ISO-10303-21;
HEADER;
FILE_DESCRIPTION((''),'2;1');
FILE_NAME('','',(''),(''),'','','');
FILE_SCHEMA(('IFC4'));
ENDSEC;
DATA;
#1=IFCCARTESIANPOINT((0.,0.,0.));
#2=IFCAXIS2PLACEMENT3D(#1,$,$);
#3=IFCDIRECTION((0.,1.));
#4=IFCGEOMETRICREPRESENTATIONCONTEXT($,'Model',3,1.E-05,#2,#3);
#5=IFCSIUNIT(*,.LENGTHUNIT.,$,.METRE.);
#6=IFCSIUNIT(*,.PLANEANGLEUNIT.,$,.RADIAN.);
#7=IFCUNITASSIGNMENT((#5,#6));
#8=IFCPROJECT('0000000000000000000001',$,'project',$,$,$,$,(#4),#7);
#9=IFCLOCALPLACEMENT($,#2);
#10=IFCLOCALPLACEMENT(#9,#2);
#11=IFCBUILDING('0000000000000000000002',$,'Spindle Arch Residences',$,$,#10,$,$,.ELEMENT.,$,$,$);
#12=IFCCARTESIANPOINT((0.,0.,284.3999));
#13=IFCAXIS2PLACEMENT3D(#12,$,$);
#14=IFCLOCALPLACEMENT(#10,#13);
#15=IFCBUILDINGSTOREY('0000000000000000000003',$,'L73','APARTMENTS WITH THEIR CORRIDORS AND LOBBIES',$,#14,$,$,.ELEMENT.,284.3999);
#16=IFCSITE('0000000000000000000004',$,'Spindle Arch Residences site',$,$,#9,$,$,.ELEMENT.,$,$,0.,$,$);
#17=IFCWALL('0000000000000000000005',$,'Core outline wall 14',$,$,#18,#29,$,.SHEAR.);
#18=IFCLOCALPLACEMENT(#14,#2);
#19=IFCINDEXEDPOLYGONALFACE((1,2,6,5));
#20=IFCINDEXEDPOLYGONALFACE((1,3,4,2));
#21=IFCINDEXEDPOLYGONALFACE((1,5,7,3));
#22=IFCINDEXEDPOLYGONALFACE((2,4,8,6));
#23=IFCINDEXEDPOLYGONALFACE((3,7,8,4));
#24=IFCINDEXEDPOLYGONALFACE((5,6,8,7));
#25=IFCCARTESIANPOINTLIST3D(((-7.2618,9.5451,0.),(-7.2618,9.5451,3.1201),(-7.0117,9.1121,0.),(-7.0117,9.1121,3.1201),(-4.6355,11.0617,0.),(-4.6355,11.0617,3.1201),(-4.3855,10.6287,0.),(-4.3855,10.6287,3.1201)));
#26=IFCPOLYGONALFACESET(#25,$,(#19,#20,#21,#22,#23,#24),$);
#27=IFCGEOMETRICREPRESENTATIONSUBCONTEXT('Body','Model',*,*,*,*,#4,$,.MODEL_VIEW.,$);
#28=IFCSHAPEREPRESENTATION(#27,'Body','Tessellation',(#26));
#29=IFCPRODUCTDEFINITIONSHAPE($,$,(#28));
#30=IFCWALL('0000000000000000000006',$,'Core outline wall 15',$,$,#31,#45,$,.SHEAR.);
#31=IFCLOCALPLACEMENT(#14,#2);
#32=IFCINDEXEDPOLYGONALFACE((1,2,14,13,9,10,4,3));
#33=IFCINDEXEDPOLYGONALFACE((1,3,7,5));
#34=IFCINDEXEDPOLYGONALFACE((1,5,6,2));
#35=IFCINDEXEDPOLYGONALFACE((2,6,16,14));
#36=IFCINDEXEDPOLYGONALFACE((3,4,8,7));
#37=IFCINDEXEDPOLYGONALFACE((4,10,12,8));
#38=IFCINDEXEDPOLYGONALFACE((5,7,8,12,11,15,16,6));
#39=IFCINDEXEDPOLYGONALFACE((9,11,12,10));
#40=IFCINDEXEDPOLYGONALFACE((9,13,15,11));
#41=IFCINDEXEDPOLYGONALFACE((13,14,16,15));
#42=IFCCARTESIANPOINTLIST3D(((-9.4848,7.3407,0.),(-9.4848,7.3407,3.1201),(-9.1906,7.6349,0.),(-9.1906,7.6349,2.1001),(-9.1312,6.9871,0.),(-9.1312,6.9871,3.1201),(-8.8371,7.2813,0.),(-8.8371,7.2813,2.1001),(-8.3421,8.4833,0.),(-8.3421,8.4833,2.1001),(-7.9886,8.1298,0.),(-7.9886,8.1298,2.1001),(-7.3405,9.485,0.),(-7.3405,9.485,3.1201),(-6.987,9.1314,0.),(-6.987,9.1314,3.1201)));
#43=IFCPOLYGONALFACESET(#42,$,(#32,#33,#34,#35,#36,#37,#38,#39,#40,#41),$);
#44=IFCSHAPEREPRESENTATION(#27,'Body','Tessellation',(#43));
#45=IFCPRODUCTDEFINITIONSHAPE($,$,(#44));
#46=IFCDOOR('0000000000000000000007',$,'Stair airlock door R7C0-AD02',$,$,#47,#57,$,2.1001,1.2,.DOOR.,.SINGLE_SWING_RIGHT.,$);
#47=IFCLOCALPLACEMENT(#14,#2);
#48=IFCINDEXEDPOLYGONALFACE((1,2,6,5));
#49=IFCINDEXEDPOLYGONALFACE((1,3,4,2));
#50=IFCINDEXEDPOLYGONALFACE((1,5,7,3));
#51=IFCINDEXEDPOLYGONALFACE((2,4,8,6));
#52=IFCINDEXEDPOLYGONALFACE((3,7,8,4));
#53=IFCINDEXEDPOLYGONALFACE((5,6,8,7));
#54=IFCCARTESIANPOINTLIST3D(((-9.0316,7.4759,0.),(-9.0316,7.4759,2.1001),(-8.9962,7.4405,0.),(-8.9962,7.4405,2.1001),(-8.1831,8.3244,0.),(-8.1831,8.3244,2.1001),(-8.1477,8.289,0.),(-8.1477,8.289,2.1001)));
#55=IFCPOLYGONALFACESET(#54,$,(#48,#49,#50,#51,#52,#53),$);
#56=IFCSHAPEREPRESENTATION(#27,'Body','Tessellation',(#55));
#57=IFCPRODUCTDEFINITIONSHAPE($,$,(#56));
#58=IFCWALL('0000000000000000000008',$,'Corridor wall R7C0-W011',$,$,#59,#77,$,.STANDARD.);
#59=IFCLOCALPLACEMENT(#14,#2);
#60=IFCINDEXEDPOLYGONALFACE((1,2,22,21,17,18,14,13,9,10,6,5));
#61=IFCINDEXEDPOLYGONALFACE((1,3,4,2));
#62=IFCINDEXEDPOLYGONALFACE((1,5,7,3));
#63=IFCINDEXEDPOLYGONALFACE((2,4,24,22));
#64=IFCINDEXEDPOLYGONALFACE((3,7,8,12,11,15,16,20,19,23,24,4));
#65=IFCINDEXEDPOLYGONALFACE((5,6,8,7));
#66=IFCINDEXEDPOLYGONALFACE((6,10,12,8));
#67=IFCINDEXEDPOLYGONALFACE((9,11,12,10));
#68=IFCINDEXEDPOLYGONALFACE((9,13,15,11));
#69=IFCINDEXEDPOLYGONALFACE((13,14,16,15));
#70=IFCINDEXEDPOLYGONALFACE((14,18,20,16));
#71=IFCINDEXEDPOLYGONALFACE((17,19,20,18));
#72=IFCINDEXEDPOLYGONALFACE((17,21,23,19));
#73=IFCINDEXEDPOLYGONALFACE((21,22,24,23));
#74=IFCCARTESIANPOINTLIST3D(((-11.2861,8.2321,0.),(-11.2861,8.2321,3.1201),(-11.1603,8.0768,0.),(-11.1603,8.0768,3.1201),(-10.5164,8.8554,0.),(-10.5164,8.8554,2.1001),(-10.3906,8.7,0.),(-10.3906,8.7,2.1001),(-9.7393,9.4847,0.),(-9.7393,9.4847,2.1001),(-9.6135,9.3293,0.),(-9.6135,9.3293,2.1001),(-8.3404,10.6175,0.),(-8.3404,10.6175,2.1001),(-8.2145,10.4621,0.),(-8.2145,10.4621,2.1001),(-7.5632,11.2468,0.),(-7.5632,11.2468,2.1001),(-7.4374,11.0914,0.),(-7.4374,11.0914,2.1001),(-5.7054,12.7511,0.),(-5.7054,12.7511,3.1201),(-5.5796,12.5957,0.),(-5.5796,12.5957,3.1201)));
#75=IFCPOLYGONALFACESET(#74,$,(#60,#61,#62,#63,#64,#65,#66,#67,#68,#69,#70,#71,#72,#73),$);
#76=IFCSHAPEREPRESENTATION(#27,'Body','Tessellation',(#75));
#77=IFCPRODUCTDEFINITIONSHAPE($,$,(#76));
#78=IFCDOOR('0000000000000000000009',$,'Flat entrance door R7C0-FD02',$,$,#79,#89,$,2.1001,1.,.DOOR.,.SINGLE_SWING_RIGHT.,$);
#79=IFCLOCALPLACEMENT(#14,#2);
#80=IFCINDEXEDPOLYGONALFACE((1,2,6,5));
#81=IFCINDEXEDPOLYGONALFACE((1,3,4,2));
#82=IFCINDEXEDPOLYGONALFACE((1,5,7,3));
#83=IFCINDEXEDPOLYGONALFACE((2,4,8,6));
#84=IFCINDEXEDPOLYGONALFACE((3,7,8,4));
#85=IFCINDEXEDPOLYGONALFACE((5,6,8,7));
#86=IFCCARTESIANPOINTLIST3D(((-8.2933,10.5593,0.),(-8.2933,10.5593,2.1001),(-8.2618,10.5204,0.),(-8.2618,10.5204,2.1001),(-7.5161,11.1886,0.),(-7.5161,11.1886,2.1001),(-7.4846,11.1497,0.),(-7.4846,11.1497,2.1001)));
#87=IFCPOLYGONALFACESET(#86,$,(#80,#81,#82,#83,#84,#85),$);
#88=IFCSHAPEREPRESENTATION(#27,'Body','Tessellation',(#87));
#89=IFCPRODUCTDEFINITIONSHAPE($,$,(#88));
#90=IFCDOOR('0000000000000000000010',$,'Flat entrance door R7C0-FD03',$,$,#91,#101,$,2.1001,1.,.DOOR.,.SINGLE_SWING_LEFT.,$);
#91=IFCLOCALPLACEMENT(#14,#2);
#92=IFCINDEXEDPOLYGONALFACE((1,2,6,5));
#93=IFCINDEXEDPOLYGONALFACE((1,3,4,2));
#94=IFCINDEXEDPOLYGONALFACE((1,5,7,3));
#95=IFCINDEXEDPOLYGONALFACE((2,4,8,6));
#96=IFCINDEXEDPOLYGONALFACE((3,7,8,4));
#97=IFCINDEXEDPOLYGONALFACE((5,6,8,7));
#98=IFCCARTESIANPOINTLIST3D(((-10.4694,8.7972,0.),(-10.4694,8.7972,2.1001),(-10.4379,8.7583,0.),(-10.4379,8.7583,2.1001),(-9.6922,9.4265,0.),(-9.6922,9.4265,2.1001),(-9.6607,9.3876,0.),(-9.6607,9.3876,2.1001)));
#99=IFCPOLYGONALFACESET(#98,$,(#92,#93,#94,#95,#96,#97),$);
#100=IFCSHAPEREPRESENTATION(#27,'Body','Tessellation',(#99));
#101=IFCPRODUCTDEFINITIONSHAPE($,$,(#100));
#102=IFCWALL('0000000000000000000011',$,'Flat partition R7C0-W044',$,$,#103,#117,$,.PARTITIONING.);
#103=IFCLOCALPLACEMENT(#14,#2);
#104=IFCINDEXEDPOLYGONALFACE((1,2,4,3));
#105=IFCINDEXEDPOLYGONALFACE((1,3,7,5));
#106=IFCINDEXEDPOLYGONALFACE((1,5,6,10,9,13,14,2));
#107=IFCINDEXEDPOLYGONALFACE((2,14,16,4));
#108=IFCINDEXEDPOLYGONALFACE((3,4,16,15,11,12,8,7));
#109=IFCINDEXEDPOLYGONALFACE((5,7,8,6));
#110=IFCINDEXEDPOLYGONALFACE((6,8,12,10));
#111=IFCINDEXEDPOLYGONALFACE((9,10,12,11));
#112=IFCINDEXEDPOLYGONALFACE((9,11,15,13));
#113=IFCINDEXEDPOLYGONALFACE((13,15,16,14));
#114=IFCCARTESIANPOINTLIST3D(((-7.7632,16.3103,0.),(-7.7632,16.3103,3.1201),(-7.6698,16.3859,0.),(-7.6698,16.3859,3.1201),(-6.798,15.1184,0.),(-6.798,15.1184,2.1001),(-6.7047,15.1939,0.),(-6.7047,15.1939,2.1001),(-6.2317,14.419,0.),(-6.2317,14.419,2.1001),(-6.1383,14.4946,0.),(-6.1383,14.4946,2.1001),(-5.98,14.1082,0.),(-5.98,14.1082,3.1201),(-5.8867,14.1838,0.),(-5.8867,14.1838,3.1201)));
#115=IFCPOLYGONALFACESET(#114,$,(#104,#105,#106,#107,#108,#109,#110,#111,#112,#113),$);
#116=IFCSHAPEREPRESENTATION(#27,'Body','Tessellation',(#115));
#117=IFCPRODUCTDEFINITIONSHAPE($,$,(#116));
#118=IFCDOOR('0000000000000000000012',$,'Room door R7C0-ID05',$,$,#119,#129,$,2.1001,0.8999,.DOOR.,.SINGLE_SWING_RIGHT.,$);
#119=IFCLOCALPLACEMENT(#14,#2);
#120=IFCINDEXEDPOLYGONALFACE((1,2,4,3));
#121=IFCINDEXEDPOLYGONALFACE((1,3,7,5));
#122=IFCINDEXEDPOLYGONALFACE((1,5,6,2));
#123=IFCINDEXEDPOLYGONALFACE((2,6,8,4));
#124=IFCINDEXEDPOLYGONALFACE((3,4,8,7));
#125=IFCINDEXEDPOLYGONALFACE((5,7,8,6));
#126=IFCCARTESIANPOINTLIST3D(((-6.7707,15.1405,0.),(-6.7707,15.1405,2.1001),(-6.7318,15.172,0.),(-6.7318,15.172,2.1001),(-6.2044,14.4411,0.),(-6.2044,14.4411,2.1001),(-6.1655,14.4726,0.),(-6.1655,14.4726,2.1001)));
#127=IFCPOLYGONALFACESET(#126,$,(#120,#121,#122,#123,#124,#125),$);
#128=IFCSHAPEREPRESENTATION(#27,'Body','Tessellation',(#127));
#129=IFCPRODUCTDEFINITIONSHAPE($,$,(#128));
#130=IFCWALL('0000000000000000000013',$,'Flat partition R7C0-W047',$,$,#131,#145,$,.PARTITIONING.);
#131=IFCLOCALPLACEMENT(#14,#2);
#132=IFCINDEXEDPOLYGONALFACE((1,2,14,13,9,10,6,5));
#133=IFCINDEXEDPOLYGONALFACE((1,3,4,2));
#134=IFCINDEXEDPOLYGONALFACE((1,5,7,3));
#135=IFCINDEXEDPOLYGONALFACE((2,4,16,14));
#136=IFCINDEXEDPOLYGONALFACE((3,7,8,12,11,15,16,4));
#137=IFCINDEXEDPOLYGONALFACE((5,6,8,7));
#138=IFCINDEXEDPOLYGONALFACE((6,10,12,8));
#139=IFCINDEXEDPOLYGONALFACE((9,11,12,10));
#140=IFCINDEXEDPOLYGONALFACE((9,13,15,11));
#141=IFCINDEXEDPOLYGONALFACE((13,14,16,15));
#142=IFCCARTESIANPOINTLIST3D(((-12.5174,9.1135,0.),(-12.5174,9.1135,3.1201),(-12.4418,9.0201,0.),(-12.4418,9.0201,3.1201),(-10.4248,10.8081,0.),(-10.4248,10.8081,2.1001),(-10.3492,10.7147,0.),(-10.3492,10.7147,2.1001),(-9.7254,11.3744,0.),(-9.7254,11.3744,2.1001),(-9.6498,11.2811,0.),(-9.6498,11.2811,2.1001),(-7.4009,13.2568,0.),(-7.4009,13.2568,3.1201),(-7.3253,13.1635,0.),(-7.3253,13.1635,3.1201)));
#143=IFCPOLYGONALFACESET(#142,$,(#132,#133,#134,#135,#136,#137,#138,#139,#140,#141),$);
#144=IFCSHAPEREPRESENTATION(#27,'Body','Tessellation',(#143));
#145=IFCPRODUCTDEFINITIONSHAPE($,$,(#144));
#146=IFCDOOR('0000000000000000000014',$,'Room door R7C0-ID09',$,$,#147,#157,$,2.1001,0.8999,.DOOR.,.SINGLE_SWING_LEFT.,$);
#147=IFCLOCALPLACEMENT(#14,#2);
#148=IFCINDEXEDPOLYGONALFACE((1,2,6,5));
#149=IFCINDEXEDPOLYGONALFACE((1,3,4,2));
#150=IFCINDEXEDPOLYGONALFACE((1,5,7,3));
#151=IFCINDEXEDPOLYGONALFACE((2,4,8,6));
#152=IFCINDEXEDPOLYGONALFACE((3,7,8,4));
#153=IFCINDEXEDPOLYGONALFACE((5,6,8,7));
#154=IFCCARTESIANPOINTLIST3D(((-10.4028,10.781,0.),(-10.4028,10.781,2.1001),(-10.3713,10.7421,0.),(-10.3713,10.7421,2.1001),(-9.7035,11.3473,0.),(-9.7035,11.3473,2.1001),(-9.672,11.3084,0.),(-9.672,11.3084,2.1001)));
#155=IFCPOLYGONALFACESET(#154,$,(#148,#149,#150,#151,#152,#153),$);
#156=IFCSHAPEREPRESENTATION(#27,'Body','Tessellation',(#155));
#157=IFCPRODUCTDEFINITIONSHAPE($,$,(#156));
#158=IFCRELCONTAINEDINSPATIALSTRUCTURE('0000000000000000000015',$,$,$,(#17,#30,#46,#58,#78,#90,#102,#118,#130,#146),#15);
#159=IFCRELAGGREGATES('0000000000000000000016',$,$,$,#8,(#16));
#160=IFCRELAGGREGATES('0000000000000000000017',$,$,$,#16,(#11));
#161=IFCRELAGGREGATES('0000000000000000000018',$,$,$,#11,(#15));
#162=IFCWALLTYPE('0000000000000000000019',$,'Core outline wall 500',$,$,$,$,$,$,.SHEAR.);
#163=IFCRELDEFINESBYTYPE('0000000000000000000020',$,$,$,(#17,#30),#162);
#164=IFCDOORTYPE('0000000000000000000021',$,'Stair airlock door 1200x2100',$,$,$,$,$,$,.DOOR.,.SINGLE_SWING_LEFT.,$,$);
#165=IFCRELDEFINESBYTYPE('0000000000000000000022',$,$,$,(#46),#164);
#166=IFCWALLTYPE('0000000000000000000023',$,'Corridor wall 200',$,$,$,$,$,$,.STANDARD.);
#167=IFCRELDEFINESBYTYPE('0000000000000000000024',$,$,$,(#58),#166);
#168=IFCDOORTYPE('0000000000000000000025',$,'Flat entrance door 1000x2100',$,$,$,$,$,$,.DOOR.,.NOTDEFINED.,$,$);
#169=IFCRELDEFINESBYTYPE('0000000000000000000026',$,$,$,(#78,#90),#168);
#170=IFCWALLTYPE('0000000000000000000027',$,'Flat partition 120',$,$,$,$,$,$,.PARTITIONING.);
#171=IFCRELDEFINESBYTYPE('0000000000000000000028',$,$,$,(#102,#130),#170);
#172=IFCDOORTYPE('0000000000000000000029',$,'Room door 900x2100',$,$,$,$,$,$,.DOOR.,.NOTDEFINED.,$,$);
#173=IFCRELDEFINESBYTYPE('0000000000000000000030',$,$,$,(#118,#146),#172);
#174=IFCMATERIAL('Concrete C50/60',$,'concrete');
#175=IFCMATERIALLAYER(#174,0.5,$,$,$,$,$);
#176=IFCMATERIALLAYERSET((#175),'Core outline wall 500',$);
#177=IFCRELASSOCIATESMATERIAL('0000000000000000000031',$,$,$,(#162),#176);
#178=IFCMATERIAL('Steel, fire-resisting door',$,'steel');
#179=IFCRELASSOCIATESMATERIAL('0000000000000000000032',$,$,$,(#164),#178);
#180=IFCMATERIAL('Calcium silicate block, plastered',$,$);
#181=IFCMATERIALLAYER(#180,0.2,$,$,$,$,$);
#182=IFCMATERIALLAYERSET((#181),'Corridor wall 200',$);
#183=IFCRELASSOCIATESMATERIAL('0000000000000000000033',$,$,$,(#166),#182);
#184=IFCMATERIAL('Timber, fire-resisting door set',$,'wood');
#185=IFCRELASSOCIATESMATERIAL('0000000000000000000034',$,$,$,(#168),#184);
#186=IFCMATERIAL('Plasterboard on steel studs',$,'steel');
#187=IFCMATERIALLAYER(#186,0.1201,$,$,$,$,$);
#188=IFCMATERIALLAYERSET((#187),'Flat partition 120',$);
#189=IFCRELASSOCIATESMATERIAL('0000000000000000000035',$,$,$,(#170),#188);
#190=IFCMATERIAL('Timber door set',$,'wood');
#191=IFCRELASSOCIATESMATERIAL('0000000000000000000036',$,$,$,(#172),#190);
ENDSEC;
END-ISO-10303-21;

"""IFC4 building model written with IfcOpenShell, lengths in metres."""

from ifc_helpers import new_model, si_unit, direction, frame, frame_2d, origin, place, context, subcontext, project, spatial, rectangle, extrude, material, layer, layer_set, type_object, element, fill, save


model = new_model("IFC4")

# Units and contexts
model_context = context("Model", 3, precision=1e-05, world=origin(), true_north=direction((0.0, 1.0)))
body_context = subcontext(model_context, "Body", "Model", "MODEL_VIEW")
ifc_project = project(units=[si_unit("LENGTHUNIT", "METRE"), si_unit("PLANEANGLEUNIT", "RADIAN")], contexts=[model_context])

# Site, building, storey
site_placement = place(None, origin())
site = spatial("IfcSite", under=ifc_project, at=site_placement, Name="Spindle Arch Residences site", CompositionType="ELEMENT", RefElevation=0.0)
building_placement = place(site_placement, origin())
building = spatial("IfcBuilding", under=site, at=building_placement, Name="Spindle Arch Residences", CompositionType="ELEMENT")
storey_placement = place(building_placement, frame((0.0, 0.0, 284.3999)))
storey = spatial("IfcBuildingStorey", under=building, at=storey_placement, Name="L73", Description="APARTMENTS WITH THEIR CORRIDORS AND LOBBIES", CompositionType="ELEMENT", Elevation=284.3999)

# Wall
ifc_material_1 = material(Name="Concrete C50/60", Category="concrete")
ifc_layer_1 = layer(ifc_material_1, 0.5)
ifc_layer_set_1 = layer_set([ifc_layer_1], Name="Core outline wall 500")
wall_type_1 = type_object("IfcWallType", Name="Core outline wall 500", PredefinedType="SHEAR", material=ifc_layer_set_1)
wall_1_placement = place(storey_placement, frame((-4.5105, 10.8452, 0.0), z_axis=(0.0, 0.0, 1.0), x_axis=(-0.865975, -0.500087, 0.0)))
element("IfcWall", 1, at=wall_1_placement, inside=storey, type_object=wall_type_1, Name="Core outline wall 14", PredefinedType="SHEAR", context=body_context, shape_type="SweptSolid", body=[
    extrude(rectangle(XDim=3.0327, YDim=0.5, at=frame_2d((1.5164, 0.0))), origin(), (0.0, 0.0, 1.0), 3.1201),
])

# Wall, opening, door
wall_2_placement = place(storey_placement, frame((-7.1638, 9.3081, 0.0), z_axis=(0.0, 0.0, 1.0), x_axis=(-0.707107, -0.707107, 0.0)))
wall_2 = element("IfcWall", 2, at=wall_2_placement, inside=storey, type_object=wall_type_1, Name="Core outline wall 15", PredefinedType="SHEAR", context=body_context, shape_type="SweptSolid", body=[
    extrude(rectangle(XDim=3.0325, YDim=0.5, at=frame_2d((1.5161, 0.0))), origin(), (0.0, 0.0, 1.0), 3.1201),
])
opening_1_placement = place(wall_2_placement, frame((1.4163, 0.0, 0.0)))
opening_1 = element("IfcOpeningElement", 3, at=opening_1_placement, cuts=wall_2, PredefinedType="OPENING", context=body_context, shape_type="SweptSolid", body=[
    extrude(rectangle(XDim=1.2, YDim=2.1001, at=frame_2d((0.6001, 1.05))), frame((0.0, 0.26, 0.0), z_axis=(0.0, -1.0, 0.0), x_axis=(1.0, 0.0, 0.0)), (0.0, 0.0, 1.0), 0.52),
])
ifc_material_2 = material(Name="Steel, fire-resisting door", Category="steel")
door_type_1 = type_object("IfcDoorType", Name="Stair airlock door 1200x2100", OperationType="SINGLE_SWING_LEFT", PredefinedType="DOOR", material=ifc_material_2)
door_1_placement = place(opening_1_placement, origin())
door_1 = element("IfcDoor", 4, at=door_1_placement, inside=storey, type_object=door_type_1, Name="Stair airlock door R7C0-AD02", OperationType="SINGLE_SWING_RIGHT", OverallHeight=2.1001, OverallWidth=1.2, PredefinedType="DOOR", context=body_context, shape_type="SweptSolid", body=[
    extrude(rectangle(XDim=1.2, YDim=2.1001, at=frame_2d((0.6001, 1.05))), frame((0.0, 0.0249, 0.0), z_axis=(0.0, -1.0, 0.0), x_axis=(1.0, 0.0, 0.0)), (0.0, 0.0, 1.0), 0.05),
])
fill(opening_1, door_1)

# Wall, openings, doors
ifc_material_3 = material(Name="Calcium silicate block, plastered")
ifc_layer_2 = layer(ifc_material_3, 0.2)
ifc_layer_set_2 = layer_set([ifc_layer_2], Name="Corridor wall 200")
wall_type_2 = type_object("IfcWallType", Name="Corridor wall 200", PredefinedType="STANDARD", material=ifc_layer_set_2)
wall_3_placement = place(storey_placement, frame((-5.6426, 12.6733, 0.0), z_axis=(0.0, 0.0, 1.0), x_axis=(-0.77716, -0.629303, 0.0)))
wall_3 = element("IfcWall", 5, at=wall_3_placement, inside=storey, type_object=wall_type_2, Name="Corridor wall R7C0-W011", PredefinedType="STANDARD", context=body_context, shape_type="SweptSolid", body=[
    extrude(rectangle(XDim=7.1809, YDim=0.2, at=frame_2d((3.5903, 0.0))), origin(), (0.0, 0.0, 1.0), 3.1201),
])
opening_2_placement = place(wall_3_placement, frame((2.3904, 0.0, 0.0)))
opening_2 = element("IfcOpeningElement", 6, at=opening_2_placement, cuts=wall_3, PredefinedType="OPENING", context=body_context, shape_type="SweptSolid", body=[
    extrude(rectangle(XDim=1.0, YDim=2.1001, at=frame_2d((0.5, 1.05))), frame((0.0, 0.1099, 0.0), z_axis=(0.0, -1.0, 0.0), x_axis=(1.0, 0.0, 0.0)), (0.0, 0.0, 1.0), 0.22),
])
opening_3_placement = place(wall_3_placement, frame((5.1904, 0.0, 0.0)))
opening_3 = element("IfcOpeningElement", 7, at=opening_3_placement, cuts=wall_3, PredefinedType="OPENING", context=body_context, shape_type="SweptSolid", body=[
    extrude(rectangle(XDim=1.0, YDim=2.1001, at=frame_2d((0.5, 1.05))), frame((0.0, 0.1099, 0.0), z_axis=(0.0, -1.0, 0.0), x_axis=(1.0, 0.0, 0.0)), (0.0, 0.0, 1.0), 0.22),
])
ifc_material_4 = material(Name="Timber, fire-resisting door set", Category="wood")
door_type_2 = type_object("IfcDoorType", Name="Flat entrance door 1000x2100", OperationType="NOTDEFINED", PredefinedType="DOOR", material=ifc_material_4)
door_2_placement = place(opening_2_placement, origin())
door_2 = element("IfcDoor", 8, at=door_2_placement, inside=storey, type_object=door_type_2, Name="Flat entrance door R7C0-FD02", OperationType="SINGLE_SWING_RIGHT", OverallHeight=2.1001, OverallWidth=1.0, PredefinedType="DOOR", context=body_context, shape_type="SweptSolid", body=[
    extrude(rectangle(XDim=1.0, YDim=2.1001, at=frame_2d((0.5, 1.05))), frame((0.0, 0.0249, 0.0), z_axis=(0.0, -1.0, 0.0), x_axis=(1.0, 0.0, 0.0)), (0.0, 0.0, 1.0), 0.05),
])
fill(opening_2, door_2)
door_3_placement = place(opening_3_placement, origin())
door_3 = element("IfcDoor", 9, at=door_3_placement, inside=storey, type_object=door_type_2, Name="Flat entrance door R7C0-FD03", OperationType="SINGLE_SWING_LEFT", OverallHeight=2.1001, OverallWidth=1.0, PredefinedType="DOOR", context=body_context, shape_type="SweptSolid", body=[
    extrude(rectangle(XDim=1.0, YDim=2.1001, at=frame_2d((0.5, 1.05))), frame((0.0, 0.0249, 0.0), z_axis=(0.0, -1.0, 0.0), x_axis=(1.0, 0.0, 0.0)), (0.0, 0.0, 1.0), 0.05),
])
fill(opening_3, door_3)

# Walls, openings, doors
ifc_material_5 = material(Name="Plasterboard on steel studs", Category="steel")
ifc_layer_3 = layer(ifc_material_5, 0.1201)
ifc_layer_set_3 = layer_set([ifc_layer_3], Name="Flat partition 120")
wall_type_3 = type_object("IfcWallType", Name="Flat partition 120", PredefinedType="PARTITIONING", material=ifc_layer_set_3)
wall_4_placement = place(storey_placement, frame((-5.9333, 14.146, 0.0), z_axis=(0.0, 0.0, 1.0), x_axis=(-0.629307, 0.777157, 0.0)))
wall_4 = element("IfcWall", 10, at=wall_4_placement, inside=storey, type_object=wall_type_3, Name="Flat partition R7C0-W044", PredefinedType="PARTITIONING", context=body_context, shape_type="SweptSolid", body=[
    extrude(rectangle(XDim=2.8335, YDim=0.1201, at=frame_2d((1.4167, 0.0))), origin(), (0.0, 0.0, 1.0), 3.1201),
])
opening_4_placement = place(wall_4_placement, frame((0.3999, 0.0, 0.0)))
opening_4 = element("IfcOpeningElement", 11, at=opening_4_placement, cuts=wall_4, PredefinedType="OPENING", context=body_context, shape_type="SweptSolid", body=[
    extrude(rectangle(XDim=0.8999, YDim=2.1001, at=frame_2d((0.45, 1.05))), frame((0.0, 0.0701, 0.0), z_axis=(0.0, -1.0, 0.0), x_axis=(1.0, 0.0, 0.0)), (0.0, 0.0, 1.0), 0.1401),
])
ifc_material_6 = material(Name="Timber door set", Category="wood")
door_type_3 = type_object("IfcDoorType", Name="Room door 900x2100", OperationType="NOTDEFINED", PredefinedType="DOOR", material=ifc_material_6)
door_4_placement = place(opening_4_placement, origin())
door_4 = element("IfcDoor", 12, at=door_4_placement, inside=storey, type_object=door_type_3, Name="Room door R7C0-ID05", OperationType="SINGLE_SWING_RIGHT", OverallHeight=2.1001, OverallWidth=0.8999, PredefinedType="DOOR", context=body_context, shape_type="SweptSolid", body=[
    extrude(rectangle(XDim=0.8999, YDim=2.1001, at=frame_2d((0.45, 1.05))), frame((0.0, 0.0249, 0.0), z_axis=(0.0, -1.0, 0.0), x_axis=(1.0, 0.0, 0.0)), (0.0, 0.0, 1.0), 0.05),
])
fill(opening_4, door_4)
wall_5_placement = place(storey_placement, frame((-7.363, 13.2102, 0.0), z_axis=(0.0, 0.0, 1.0), x_axis=(-0.77714, -0.629328, 0.0)))
wall_5 = element("IfcWall", 13, at=wall_5_placement, inside=storey, type_object=wall_type_3, Name="Flat partition R7C0-W047", PredefinedType="PARTITIONING", context=body_context, shape_type="SweptSolid", body=[
    extrude(rectangle(XDim=6.5837, YDim=0.1201, at=frame_2d((3.292, 0.0))), origin(), (0.0, 0.0, 1.0), 3.1201),
])
opening_5_placement = place(wall_5_placement, frame((2.9912, 0.0, 0.0)))
opening_5 = element("IfcOpeningElement", 14, at=opening_5_placement, cuts=wall_5, PredefinedType="OPENING", context=body_context, shape_type="SweptSolid", body=[
    extrude(rectangle(XDim=0.8999, YDim=2.1001, at=frame_2d((0.45, 1.05))), frame((0.0, 0.0701, 0.0), z_axis=(0.0, -1.0, 0.0), x_axis=(1.0, 0.0, 0.0)), (0.0, 0.0, 1.0), 0.1401),
])
door_5_placement = place(opening_5_placement, origin())
door_5 = element("IfcDoor", 15, at=door_5_placement, inside=storey, type_object=door_type_3, Name="Room door R7C0-ID09", OperationType="SINGLE_SWING_LEFT", OverallHeight=2.1001, OverallWidth=0.8999, PredefinedType="DOOR", context=body_context, shape_type="SweptSolid", body=[
    extrude(rectangle(XDim=0.8999, YDim=2.1001, at=frame_2d((0.45, 1.05))), frame((0.0, 0.0249, 0.0), z_axis=(0.0, -1.0, 0.0), x_axis=(1.0, 0.0, 0.0)), (0.0, 0.0, 1.0), 0.05),
])
fill(opening_5, door_5)

save(model, "model.ifc")
